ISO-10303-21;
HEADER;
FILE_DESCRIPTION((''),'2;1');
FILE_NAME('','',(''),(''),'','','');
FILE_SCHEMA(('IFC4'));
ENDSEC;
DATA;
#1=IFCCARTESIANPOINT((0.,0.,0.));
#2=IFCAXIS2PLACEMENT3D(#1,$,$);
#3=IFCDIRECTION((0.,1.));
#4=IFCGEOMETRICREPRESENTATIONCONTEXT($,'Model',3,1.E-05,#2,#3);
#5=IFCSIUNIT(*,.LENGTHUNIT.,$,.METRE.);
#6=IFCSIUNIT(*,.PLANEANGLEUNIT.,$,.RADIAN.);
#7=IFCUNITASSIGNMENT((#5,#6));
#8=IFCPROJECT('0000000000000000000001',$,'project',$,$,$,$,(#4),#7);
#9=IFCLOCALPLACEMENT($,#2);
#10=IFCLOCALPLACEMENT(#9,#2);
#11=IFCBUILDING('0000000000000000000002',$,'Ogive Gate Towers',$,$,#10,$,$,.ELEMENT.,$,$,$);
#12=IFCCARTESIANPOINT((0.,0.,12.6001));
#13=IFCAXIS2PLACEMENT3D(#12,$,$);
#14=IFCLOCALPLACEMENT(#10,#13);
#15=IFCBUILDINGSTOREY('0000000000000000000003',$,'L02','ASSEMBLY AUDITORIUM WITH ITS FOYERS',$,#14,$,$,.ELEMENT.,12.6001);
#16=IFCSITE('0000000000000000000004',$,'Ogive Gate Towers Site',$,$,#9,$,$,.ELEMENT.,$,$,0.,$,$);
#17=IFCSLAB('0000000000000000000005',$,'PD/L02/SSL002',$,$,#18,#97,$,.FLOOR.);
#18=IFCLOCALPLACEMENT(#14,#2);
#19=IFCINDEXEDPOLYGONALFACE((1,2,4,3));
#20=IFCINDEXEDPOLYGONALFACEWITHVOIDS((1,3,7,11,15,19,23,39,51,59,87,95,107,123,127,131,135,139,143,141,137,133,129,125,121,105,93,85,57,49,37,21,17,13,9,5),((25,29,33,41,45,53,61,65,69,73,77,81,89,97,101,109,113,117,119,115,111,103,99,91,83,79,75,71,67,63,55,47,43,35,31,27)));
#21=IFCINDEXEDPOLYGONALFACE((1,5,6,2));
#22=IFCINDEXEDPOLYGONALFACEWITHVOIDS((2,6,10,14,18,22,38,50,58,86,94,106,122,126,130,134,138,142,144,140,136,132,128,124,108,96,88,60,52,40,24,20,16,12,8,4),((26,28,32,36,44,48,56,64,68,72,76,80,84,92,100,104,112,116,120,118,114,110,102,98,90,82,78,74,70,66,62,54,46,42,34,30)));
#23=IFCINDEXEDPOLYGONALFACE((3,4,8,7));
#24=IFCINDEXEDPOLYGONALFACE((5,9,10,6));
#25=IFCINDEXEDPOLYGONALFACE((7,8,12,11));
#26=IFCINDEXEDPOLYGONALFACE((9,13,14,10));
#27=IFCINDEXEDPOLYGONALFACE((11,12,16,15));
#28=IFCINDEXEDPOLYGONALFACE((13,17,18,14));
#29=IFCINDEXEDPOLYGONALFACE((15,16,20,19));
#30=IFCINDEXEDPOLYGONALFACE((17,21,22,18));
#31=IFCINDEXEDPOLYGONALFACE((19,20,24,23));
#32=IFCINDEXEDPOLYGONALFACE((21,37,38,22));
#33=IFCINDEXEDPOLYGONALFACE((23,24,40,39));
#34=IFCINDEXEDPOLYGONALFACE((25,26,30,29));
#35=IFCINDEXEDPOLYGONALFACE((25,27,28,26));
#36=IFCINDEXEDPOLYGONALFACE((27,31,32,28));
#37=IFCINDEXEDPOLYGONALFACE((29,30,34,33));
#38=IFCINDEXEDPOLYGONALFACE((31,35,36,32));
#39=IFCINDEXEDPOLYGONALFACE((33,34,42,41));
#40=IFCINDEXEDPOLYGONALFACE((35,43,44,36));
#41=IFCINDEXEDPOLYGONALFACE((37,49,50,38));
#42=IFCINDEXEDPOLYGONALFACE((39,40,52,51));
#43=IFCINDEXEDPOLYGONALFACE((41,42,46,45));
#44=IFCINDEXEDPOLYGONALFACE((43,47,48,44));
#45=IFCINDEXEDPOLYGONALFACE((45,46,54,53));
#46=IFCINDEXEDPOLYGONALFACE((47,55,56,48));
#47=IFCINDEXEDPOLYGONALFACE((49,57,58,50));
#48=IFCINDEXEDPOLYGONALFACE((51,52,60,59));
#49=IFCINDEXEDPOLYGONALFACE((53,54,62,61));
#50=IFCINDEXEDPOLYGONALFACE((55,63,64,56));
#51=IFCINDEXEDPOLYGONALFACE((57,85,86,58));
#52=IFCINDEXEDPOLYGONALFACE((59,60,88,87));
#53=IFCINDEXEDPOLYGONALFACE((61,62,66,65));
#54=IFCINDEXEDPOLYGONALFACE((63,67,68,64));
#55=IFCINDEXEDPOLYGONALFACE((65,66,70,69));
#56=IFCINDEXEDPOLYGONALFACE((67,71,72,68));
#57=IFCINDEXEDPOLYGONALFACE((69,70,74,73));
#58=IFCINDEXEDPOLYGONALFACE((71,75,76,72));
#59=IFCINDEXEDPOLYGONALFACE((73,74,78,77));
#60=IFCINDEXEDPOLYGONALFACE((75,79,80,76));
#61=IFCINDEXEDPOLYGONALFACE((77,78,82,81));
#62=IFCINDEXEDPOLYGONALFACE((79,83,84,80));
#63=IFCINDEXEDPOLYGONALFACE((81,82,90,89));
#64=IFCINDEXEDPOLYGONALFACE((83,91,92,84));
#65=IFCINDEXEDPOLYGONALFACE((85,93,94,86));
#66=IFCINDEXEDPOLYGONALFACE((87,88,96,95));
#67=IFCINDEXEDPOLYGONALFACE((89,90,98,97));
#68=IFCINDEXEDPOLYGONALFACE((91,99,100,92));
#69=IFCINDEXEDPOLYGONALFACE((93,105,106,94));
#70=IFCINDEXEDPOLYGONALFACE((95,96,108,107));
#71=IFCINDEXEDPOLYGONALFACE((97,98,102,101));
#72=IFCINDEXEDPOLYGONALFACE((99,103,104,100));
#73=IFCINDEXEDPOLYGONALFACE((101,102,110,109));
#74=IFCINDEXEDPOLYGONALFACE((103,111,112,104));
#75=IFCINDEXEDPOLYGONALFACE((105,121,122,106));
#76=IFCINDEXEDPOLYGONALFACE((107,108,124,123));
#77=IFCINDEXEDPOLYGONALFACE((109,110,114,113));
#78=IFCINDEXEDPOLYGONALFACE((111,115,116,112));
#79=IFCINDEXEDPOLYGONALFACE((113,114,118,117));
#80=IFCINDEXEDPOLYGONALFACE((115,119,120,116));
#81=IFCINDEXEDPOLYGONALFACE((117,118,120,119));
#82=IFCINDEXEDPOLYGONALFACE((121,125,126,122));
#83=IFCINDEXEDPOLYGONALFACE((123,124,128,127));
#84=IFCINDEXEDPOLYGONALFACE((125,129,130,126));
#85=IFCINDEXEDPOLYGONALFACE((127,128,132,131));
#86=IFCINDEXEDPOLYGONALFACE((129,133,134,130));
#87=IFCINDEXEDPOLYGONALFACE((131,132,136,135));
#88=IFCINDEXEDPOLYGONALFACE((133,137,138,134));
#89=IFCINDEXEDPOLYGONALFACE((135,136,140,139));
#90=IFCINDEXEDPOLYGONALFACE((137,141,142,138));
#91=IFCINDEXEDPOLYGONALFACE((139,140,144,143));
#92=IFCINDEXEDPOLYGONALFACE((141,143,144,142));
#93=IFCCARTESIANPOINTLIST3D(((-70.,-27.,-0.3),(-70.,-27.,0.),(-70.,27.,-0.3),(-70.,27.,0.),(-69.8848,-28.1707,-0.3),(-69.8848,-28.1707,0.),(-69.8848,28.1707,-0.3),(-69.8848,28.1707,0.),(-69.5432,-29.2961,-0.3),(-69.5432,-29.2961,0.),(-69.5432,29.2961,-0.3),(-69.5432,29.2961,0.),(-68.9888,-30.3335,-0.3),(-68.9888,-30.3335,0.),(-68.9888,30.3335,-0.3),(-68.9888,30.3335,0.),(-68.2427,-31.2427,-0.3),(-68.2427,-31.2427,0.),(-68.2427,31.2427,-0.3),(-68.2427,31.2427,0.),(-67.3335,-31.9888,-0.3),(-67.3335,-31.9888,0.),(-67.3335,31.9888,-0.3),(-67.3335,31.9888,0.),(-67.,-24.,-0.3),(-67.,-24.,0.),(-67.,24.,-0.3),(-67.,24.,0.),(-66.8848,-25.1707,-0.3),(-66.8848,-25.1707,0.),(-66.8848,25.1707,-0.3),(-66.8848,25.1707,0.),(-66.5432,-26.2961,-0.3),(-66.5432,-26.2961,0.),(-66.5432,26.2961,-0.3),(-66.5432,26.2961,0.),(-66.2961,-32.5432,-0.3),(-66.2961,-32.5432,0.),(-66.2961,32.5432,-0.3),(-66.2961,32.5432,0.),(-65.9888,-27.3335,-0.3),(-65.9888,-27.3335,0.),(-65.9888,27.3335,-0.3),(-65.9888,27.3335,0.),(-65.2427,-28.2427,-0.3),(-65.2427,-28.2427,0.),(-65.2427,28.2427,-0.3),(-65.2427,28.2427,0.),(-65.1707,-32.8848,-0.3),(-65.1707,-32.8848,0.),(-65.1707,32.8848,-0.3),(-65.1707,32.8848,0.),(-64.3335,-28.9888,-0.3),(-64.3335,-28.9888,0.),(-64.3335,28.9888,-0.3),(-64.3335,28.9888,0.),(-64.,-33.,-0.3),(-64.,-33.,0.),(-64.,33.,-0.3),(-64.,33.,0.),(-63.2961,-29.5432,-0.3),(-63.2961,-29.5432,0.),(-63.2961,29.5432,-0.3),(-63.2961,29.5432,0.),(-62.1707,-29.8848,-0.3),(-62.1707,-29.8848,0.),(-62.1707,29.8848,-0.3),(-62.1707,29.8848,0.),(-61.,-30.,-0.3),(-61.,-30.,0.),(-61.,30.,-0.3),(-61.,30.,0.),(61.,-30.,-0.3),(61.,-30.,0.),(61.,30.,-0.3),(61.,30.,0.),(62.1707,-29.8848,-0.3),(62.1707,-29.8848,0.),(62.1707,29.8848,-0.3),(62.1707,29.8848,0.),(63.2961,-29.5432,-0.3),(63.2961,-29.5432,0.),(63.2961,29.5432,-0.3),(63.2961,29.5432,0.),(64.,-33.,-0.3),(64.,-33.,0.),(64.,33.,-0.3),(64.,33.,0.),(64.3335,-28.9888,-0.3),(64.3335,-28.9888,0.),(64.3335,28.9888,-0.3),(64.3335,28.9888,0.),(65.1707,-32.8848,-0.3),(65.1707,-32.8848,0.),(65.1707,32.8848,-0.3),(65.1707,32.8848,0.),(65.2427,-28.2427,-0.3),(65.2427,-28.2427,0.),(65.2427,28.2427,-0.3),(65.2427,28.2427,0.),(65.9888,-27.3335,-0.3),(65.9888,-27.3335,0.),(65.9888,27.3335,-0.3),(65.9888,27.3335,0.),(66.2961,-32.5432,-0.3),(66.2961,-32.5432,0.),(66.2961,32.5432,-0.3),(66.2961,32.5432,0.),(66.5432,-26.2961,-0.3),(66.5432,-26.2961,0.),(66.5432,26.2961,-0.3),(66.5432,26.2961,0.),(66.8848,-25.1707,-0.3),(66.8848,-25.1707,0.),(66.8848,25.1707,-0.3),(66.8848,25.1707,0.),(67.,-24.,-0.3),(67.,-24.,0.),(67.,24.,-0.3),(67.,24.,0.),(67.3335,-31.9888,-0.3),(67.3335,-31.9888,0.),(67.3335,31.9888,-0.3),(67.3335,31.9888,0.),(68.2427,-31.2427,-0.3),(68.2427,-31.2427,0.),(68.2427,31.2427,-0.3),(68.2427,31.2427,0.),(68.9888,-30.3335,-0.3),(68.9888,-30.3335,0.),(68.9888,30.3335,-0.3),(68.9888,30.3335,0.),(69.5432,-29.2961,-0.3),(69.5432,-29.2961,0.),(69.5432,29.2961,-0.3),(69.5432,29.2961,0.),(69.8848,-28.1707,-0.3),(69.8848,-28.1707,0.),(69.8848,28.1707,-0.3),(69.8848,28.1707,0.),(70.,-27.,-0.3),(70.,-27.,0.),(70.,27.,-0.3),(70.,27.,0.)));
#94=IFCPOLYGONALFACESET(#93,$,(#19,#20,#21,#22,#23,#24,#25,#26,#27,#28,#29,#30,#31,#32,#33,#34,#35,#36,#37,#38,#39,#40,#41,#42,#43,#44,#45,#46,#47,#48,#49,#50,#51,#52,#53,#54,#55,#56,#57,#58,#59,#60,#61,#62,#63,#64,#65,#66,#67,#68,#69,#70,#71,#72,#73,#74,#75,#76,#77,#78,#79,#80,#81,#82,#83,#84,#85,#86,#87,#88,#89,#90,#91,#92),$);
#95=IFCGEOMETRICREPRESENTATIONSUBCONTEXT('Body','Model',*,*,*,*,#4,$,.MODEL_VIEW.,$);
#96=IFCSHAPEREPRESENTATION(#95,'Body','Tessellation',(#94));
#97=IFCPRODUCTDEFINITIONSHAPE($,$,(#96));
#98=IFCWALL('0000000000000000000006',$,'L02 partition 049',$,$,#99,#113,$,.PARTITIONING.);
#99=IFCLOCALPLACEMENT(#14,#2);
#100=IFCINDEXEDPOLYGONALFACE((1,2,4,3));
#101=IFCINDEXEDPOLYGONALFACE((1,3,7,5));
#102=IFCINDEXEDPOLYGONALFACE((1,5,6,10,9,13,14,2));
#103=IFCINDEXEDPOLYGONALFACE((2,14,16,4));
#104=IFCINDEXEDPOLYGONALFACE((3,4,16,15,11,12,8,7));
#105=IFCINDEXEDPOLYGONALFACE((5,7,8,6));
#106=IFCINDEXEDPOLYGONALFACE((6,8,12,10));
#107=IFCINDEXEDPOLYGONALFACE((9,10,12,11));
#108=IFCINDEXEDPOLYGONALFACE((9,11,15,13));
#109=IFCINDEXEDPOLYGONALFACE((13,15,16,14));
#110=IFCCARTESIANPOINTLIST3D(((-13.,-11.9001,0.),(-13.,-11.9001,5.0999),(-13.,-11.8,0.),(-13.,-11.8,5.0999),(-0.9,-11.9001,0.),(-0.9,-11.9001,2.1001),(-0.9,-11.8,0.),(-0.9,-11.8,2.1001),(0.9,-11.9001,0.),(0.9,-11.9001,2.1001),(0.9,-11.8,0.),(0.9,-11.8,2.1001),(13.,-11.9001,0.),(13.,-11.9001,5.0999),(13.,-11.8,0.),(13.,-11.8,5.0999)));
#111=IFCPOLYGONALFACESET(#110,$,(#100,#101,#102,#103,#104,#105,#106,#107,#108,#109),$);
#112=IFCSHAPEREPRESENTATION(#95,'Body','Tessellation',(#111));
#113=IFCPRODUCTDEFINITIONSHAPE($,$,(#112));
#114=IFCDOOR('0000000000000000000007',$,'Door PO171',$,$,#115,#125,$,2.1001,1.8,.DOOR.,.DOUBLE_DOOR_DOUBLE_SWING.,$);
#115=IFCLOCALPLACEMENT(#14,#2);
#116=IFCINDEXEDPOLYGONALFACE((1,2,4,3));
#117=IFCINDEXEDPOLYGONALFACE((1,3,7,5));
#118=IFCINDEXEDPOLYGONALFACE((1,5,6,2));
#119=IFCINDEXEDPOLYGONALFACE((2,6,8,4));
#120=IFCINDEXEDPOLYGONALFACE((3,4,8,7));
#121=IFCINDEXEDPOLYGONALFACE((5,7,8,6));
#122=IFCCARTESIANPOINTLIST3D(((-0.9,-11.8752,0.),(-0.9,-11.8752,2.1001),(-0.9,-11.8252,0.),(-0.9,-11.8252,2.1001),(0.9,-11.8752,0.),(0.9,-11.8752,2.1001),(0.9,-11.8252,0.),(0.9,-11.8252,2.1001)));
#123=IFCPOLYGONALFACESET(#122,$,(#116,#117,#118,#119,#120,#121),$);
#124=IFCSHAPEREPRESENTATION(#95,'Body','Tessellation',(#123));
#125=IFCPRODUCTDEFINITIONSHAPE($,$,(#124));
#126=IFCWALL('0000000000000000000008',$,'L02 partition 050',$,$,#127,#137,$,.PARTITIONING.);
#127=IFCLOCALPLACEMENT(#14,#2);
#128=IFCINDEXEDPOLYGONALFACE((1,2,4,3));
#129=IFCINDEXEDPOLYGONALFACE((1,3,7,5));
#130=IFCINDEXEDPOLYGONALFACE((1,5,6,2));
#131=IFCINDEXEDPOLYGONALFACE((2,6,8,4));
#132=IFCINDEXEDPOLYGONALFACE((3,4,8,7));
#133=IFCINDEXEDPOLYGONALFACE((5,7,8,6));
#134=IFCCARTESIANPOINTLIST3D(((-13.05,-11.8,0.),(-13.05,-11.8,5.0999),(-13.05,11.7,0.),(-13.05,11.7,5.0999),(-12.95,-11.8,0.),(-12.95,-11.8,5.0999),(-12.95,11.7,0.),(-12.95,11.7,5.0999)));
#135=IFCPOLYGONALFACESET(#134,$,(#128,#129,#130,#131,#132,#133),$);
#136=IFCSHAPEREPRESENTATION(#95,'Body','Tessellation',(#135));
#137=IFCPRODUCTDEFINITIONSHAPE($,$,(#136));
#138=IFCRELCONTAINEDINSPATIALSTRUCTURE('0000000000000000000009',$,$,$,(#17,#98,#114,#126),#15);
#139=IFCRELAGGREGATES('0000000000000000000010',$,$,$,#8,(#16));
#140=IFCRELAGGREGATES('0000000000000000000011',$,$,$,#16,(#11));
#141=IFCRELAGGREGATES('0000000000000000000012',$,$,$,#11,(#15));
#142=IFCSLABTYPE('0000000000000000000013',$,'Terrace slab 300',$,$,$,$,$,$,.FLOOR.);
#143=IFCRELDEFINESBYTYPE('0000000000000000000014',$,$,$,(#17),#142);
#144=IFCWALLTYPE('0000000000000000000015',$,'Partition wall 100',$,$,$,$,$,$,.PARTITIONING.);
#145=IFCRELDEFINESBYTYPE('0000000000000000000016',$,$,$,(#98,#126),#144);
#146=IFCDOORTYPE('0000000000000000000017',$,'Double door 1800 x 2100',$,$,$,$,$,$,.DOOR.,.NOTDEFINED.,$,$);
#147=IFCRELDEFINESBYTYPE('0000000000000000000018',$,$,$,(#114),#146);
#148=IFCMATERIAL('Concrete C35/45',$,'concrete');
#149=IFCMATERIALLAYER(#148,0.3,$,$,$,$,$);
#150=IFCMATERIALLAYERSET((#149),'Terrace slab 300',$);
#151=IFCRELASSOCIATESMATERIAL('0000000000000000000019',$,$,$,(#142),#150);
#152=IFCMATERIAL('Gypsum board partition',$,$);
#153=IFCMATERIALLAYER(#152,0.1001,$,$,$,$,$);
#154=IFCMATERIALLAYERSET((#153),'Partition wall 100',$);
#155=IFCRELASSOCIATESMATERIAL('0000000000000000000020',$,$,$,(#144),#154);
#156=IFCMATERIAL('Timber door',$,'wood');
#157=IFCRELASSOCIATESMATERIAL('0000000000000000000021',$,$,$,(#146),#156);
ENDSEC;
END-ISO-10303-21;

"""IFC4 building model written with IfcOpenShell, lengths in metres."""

from ifc_helpers import new_model, si_unit, direction, frame, frame_2d, origin, place, context, subcontext, project, spatial, polyline, rectangle, outline, extrude, material, layer, layer_set, type_object, element, fill, save


model = new_model("IFC4")

# Units and contexts
model_context = context("Model", 3, precision=1e-05, world=origin(), true_north=direction((0.0, 1.0)))
body_context = subcontext(model_context, "Body", "Model", "MODEL_VIEW")
ifc_project = project(units=[si_unit("LENGTHUNIT", "METRE"), si_unit("PLANEANGLEUNIT", "RADIAN")], contexts=[model_context])

# Site, building, storey
site_placement = place(None, origin())
site = spatial("IfcSite", under=ifc_project, at=site_placement, Name="Ogive Gate Towers Site", CompositionType="ELEMENT", RefElevation=0.0)
building_placement = place(site_placement, origin())
building = spatial("IfcBuilding", under=site, at=building_placement, Name="Ogive Gate Towers", CompositionType="ELEMENT")
storey_placement = place(building_placement, frame((0.0, 0.0, 12.6001)))
storey = spatial("IfcBuildingStorey", under=building, at=storey_placement, Name="L02", Description="ASSEMBLY AUDITORIUM WITH ITS FOYERS", CompositionType="ELEMENT", Elevation=12.6001)

# Slab
ifc_material_1 = material(Name="Concrete C35/45", Category="concrete")
ifc_layer_1 = layer(ifc_material_1, 0.3)
ifc_layer_set_1 = layer_set([ifc_layer_1], Name="Terrace slab 300")
slab_type_1 = type_object("IfcSlabType", Name="Terrace slab 300", PredefinedType="FLOOR", material=ifc_layer_set_1)
slab_1_placement = place(storey_placement, frame((0.0, 0.0, -0.3)))
element("IfcSlab", 1, at=slab_1_placement, inside=storey, type_object=slab_type_1, Name="PD/L02/SSL002", PredefinedType="FLOOR", context=body_context, shape_type="SweptSolid", body=[
    extrude(outline(polyline([(-64.0, -33.0), (64.0, -33.0), (65.1707, -32.8848), (66.2961, -32.5432), (67.3335, -31.9888), (68.2427, -31.2427), (68.9888, -30.3335), (69.5432, -29.2961), (69.8848, -28.1707), (70.0, -27.0), (70.0, 27.0), (69.8848, 28.1707), (69.5432, 29.2961), (68.9888, 30.3335), (68.2427, 31.2427), (67.3335, 31.9888), (66.2961, 32.5432), (65.1707, 32.8848), (64.0, 33.0), (-64.0, 33.0), (-65.1707, 32.8848), (-66.2961, 32.5432), (-67.3335, 31.9888), (-68.2427, 31.2427), (-68.9888, 30.3335), (-69.5432, 29.2961), (-69.8848, 28.1707), (-70.0, 27.0), (-70.0, -27.0), (-69.8848, -28.1707), (-69.5432, -29.2961), (-68.9888, -30.3335), (-68.2427, -31.2427), (-67.3335, -31.9888), (-66.2961, -32.5432), (-65.1707, -32.8848), (-64.0, -33.0)]), holes=[polyline([(62.1707, -29.8848), (61.0, -30.0), (-61.0, -30.0), (-62.1707, -29.8848), (-63.2961, -29.5432), (-64.3335, -28.9888), (-65.2427, -28.2427), (-65.9888, -27.3335), (-66.5432, -26.2961), (-66.8848, -25.1707), (-67.0, -24.0), (-67.0, 24.0), (-66.8848, 25.1707), (-66.5432, 26.2961), (-65.9888, 27.3335), (-65.2427, 28.2427), (-64.3335, 28.9888), (-63.2961, 29.5432), (-62.1707, 29.8848), (-61.0, 30.0), (61.0, 30.0), (62.1707, 29.8848), (63.2961, 29.5432), (64.3335, 28.9888), (65.2427, 28.2427), (65.9888, 27.3335), (66.5432, 26.2961), (66.8848, 25.1707), (67.0, 24.0), (67.0, -24.0), (66.8848, -25.1707), (66.5432, -26.2961), (65.9888, -27.3335), (65.2427, -28.2427), (64.3335, -28.9888), (63.2961, -29.5432), (62.1707, -29.8848)])]), origin(), (0.0, 0.0, 1.0), 0.3),
])

# Wall, opening, door
ifc_material_2 = material(Name="Gypsum board partition")
ifc_layer_2 = layer(ifc_material_2, 0.1001)
ifc_layer_set_2 = layer_set([ifc_layer_2], Name="Partition wall 100")
wall_type = type_object("IfcWallType", Name="Partition wall 100", PredefinedType="PARTITIONING", material=ifc_layer_set_2)
wall_1_placement = place(storey_placement, frame((-13.0, -11.8501, 0.0), z_axis=(0.0, 0.0, 1.0), x_axis=(1.0, 0.0, 0.0)))
wall_1 = element("IfcWall", 2, at=wall_1_placement, inside=storey, type_object=wall_type, Name="L02 partition 049", PredefinedType="PARTITIONING", context=body_context, shape_type="SweptSolid", body=[
    extrude(rectangle(XDim=26.0, YDim=0.1001, at=frame_2d((13.0, 0.0))), origin(), (0.0, 0.0, 1.0), 5.0999),
])
opening_placement = place(wall_1_placement, frame((12.1001, 0.0, 0.0)))
opening = element("IfcOpeningElement", 3, at=opening_placement, cuts=wall_1, PredefinedType="OPENING", context=body_context, shape_type="SweptSolid", body=[
    extrude(rectangle(XDim=1.8, YDim=2.1001, at=frame_2d((0.8999, 1.05))), frame((0.0, 0.0601, 0.0), z_axis=(0.0, -1.0, 0.0), x_axis=(1.0, 0.0, 0.0)), (0.0, 0.0, 1.0), 0.1201),
])
ifc_material_3 = material(Name="Timber door", Category="wood")
door_type = type_object("IfcDoorType", Name="Double door 1800 x 2100", OperationType="NOTDEFINED", PredefinedType="DOOR", material=ifc_material_3)
door_placement = place(opening_placement, origin())
door = element("IfcDoor", 4, at=door_placement, inside=storey, type_object=door_type, Name="Door PO171", OperationType="DOUBLE_DOOR_DOUBLE_SWING", OverallHeight=2.1001, OverallWidth=1.8, PredefinedType="DOOR", context=body_context, shape_type="SweptSolid", body=[
    extrude(rectangle(XDim=1.8, YDim=2.1001, at=frame_2d((0.8999, 1.05))), frame((0.0, 0.0249, 0.0), z_axis=(0.0, -1.0, 0.0), x_axis=(1.0, 0.0, 0.0)), (0.0, 0.0, 1.0), 0.05),
])
fill(opening, door)

# Wall
wall_2_placement = place(storey_placement, frame((-13.0, -11.8, 0.0), z_axis=(0.0, 0.0, 1.0), x_axis=(0.0, 1.0, 0.0)))
element("IfcWall", 5, at=wall_2_placement, inside=storey, type_object=wall_type, Name="L02 partition 050", PredefinedType="PARTITIONING", context=body_context, shape_type="SweptSolid", body=[
    extrude(rectangle(XDim=23.5, YDim=0.1001, at=frame_2d((11.75, 0.0))), origin(), (0.0, 0.0, 1.0), 5.0999),
])

save(model, "model.ifc")
